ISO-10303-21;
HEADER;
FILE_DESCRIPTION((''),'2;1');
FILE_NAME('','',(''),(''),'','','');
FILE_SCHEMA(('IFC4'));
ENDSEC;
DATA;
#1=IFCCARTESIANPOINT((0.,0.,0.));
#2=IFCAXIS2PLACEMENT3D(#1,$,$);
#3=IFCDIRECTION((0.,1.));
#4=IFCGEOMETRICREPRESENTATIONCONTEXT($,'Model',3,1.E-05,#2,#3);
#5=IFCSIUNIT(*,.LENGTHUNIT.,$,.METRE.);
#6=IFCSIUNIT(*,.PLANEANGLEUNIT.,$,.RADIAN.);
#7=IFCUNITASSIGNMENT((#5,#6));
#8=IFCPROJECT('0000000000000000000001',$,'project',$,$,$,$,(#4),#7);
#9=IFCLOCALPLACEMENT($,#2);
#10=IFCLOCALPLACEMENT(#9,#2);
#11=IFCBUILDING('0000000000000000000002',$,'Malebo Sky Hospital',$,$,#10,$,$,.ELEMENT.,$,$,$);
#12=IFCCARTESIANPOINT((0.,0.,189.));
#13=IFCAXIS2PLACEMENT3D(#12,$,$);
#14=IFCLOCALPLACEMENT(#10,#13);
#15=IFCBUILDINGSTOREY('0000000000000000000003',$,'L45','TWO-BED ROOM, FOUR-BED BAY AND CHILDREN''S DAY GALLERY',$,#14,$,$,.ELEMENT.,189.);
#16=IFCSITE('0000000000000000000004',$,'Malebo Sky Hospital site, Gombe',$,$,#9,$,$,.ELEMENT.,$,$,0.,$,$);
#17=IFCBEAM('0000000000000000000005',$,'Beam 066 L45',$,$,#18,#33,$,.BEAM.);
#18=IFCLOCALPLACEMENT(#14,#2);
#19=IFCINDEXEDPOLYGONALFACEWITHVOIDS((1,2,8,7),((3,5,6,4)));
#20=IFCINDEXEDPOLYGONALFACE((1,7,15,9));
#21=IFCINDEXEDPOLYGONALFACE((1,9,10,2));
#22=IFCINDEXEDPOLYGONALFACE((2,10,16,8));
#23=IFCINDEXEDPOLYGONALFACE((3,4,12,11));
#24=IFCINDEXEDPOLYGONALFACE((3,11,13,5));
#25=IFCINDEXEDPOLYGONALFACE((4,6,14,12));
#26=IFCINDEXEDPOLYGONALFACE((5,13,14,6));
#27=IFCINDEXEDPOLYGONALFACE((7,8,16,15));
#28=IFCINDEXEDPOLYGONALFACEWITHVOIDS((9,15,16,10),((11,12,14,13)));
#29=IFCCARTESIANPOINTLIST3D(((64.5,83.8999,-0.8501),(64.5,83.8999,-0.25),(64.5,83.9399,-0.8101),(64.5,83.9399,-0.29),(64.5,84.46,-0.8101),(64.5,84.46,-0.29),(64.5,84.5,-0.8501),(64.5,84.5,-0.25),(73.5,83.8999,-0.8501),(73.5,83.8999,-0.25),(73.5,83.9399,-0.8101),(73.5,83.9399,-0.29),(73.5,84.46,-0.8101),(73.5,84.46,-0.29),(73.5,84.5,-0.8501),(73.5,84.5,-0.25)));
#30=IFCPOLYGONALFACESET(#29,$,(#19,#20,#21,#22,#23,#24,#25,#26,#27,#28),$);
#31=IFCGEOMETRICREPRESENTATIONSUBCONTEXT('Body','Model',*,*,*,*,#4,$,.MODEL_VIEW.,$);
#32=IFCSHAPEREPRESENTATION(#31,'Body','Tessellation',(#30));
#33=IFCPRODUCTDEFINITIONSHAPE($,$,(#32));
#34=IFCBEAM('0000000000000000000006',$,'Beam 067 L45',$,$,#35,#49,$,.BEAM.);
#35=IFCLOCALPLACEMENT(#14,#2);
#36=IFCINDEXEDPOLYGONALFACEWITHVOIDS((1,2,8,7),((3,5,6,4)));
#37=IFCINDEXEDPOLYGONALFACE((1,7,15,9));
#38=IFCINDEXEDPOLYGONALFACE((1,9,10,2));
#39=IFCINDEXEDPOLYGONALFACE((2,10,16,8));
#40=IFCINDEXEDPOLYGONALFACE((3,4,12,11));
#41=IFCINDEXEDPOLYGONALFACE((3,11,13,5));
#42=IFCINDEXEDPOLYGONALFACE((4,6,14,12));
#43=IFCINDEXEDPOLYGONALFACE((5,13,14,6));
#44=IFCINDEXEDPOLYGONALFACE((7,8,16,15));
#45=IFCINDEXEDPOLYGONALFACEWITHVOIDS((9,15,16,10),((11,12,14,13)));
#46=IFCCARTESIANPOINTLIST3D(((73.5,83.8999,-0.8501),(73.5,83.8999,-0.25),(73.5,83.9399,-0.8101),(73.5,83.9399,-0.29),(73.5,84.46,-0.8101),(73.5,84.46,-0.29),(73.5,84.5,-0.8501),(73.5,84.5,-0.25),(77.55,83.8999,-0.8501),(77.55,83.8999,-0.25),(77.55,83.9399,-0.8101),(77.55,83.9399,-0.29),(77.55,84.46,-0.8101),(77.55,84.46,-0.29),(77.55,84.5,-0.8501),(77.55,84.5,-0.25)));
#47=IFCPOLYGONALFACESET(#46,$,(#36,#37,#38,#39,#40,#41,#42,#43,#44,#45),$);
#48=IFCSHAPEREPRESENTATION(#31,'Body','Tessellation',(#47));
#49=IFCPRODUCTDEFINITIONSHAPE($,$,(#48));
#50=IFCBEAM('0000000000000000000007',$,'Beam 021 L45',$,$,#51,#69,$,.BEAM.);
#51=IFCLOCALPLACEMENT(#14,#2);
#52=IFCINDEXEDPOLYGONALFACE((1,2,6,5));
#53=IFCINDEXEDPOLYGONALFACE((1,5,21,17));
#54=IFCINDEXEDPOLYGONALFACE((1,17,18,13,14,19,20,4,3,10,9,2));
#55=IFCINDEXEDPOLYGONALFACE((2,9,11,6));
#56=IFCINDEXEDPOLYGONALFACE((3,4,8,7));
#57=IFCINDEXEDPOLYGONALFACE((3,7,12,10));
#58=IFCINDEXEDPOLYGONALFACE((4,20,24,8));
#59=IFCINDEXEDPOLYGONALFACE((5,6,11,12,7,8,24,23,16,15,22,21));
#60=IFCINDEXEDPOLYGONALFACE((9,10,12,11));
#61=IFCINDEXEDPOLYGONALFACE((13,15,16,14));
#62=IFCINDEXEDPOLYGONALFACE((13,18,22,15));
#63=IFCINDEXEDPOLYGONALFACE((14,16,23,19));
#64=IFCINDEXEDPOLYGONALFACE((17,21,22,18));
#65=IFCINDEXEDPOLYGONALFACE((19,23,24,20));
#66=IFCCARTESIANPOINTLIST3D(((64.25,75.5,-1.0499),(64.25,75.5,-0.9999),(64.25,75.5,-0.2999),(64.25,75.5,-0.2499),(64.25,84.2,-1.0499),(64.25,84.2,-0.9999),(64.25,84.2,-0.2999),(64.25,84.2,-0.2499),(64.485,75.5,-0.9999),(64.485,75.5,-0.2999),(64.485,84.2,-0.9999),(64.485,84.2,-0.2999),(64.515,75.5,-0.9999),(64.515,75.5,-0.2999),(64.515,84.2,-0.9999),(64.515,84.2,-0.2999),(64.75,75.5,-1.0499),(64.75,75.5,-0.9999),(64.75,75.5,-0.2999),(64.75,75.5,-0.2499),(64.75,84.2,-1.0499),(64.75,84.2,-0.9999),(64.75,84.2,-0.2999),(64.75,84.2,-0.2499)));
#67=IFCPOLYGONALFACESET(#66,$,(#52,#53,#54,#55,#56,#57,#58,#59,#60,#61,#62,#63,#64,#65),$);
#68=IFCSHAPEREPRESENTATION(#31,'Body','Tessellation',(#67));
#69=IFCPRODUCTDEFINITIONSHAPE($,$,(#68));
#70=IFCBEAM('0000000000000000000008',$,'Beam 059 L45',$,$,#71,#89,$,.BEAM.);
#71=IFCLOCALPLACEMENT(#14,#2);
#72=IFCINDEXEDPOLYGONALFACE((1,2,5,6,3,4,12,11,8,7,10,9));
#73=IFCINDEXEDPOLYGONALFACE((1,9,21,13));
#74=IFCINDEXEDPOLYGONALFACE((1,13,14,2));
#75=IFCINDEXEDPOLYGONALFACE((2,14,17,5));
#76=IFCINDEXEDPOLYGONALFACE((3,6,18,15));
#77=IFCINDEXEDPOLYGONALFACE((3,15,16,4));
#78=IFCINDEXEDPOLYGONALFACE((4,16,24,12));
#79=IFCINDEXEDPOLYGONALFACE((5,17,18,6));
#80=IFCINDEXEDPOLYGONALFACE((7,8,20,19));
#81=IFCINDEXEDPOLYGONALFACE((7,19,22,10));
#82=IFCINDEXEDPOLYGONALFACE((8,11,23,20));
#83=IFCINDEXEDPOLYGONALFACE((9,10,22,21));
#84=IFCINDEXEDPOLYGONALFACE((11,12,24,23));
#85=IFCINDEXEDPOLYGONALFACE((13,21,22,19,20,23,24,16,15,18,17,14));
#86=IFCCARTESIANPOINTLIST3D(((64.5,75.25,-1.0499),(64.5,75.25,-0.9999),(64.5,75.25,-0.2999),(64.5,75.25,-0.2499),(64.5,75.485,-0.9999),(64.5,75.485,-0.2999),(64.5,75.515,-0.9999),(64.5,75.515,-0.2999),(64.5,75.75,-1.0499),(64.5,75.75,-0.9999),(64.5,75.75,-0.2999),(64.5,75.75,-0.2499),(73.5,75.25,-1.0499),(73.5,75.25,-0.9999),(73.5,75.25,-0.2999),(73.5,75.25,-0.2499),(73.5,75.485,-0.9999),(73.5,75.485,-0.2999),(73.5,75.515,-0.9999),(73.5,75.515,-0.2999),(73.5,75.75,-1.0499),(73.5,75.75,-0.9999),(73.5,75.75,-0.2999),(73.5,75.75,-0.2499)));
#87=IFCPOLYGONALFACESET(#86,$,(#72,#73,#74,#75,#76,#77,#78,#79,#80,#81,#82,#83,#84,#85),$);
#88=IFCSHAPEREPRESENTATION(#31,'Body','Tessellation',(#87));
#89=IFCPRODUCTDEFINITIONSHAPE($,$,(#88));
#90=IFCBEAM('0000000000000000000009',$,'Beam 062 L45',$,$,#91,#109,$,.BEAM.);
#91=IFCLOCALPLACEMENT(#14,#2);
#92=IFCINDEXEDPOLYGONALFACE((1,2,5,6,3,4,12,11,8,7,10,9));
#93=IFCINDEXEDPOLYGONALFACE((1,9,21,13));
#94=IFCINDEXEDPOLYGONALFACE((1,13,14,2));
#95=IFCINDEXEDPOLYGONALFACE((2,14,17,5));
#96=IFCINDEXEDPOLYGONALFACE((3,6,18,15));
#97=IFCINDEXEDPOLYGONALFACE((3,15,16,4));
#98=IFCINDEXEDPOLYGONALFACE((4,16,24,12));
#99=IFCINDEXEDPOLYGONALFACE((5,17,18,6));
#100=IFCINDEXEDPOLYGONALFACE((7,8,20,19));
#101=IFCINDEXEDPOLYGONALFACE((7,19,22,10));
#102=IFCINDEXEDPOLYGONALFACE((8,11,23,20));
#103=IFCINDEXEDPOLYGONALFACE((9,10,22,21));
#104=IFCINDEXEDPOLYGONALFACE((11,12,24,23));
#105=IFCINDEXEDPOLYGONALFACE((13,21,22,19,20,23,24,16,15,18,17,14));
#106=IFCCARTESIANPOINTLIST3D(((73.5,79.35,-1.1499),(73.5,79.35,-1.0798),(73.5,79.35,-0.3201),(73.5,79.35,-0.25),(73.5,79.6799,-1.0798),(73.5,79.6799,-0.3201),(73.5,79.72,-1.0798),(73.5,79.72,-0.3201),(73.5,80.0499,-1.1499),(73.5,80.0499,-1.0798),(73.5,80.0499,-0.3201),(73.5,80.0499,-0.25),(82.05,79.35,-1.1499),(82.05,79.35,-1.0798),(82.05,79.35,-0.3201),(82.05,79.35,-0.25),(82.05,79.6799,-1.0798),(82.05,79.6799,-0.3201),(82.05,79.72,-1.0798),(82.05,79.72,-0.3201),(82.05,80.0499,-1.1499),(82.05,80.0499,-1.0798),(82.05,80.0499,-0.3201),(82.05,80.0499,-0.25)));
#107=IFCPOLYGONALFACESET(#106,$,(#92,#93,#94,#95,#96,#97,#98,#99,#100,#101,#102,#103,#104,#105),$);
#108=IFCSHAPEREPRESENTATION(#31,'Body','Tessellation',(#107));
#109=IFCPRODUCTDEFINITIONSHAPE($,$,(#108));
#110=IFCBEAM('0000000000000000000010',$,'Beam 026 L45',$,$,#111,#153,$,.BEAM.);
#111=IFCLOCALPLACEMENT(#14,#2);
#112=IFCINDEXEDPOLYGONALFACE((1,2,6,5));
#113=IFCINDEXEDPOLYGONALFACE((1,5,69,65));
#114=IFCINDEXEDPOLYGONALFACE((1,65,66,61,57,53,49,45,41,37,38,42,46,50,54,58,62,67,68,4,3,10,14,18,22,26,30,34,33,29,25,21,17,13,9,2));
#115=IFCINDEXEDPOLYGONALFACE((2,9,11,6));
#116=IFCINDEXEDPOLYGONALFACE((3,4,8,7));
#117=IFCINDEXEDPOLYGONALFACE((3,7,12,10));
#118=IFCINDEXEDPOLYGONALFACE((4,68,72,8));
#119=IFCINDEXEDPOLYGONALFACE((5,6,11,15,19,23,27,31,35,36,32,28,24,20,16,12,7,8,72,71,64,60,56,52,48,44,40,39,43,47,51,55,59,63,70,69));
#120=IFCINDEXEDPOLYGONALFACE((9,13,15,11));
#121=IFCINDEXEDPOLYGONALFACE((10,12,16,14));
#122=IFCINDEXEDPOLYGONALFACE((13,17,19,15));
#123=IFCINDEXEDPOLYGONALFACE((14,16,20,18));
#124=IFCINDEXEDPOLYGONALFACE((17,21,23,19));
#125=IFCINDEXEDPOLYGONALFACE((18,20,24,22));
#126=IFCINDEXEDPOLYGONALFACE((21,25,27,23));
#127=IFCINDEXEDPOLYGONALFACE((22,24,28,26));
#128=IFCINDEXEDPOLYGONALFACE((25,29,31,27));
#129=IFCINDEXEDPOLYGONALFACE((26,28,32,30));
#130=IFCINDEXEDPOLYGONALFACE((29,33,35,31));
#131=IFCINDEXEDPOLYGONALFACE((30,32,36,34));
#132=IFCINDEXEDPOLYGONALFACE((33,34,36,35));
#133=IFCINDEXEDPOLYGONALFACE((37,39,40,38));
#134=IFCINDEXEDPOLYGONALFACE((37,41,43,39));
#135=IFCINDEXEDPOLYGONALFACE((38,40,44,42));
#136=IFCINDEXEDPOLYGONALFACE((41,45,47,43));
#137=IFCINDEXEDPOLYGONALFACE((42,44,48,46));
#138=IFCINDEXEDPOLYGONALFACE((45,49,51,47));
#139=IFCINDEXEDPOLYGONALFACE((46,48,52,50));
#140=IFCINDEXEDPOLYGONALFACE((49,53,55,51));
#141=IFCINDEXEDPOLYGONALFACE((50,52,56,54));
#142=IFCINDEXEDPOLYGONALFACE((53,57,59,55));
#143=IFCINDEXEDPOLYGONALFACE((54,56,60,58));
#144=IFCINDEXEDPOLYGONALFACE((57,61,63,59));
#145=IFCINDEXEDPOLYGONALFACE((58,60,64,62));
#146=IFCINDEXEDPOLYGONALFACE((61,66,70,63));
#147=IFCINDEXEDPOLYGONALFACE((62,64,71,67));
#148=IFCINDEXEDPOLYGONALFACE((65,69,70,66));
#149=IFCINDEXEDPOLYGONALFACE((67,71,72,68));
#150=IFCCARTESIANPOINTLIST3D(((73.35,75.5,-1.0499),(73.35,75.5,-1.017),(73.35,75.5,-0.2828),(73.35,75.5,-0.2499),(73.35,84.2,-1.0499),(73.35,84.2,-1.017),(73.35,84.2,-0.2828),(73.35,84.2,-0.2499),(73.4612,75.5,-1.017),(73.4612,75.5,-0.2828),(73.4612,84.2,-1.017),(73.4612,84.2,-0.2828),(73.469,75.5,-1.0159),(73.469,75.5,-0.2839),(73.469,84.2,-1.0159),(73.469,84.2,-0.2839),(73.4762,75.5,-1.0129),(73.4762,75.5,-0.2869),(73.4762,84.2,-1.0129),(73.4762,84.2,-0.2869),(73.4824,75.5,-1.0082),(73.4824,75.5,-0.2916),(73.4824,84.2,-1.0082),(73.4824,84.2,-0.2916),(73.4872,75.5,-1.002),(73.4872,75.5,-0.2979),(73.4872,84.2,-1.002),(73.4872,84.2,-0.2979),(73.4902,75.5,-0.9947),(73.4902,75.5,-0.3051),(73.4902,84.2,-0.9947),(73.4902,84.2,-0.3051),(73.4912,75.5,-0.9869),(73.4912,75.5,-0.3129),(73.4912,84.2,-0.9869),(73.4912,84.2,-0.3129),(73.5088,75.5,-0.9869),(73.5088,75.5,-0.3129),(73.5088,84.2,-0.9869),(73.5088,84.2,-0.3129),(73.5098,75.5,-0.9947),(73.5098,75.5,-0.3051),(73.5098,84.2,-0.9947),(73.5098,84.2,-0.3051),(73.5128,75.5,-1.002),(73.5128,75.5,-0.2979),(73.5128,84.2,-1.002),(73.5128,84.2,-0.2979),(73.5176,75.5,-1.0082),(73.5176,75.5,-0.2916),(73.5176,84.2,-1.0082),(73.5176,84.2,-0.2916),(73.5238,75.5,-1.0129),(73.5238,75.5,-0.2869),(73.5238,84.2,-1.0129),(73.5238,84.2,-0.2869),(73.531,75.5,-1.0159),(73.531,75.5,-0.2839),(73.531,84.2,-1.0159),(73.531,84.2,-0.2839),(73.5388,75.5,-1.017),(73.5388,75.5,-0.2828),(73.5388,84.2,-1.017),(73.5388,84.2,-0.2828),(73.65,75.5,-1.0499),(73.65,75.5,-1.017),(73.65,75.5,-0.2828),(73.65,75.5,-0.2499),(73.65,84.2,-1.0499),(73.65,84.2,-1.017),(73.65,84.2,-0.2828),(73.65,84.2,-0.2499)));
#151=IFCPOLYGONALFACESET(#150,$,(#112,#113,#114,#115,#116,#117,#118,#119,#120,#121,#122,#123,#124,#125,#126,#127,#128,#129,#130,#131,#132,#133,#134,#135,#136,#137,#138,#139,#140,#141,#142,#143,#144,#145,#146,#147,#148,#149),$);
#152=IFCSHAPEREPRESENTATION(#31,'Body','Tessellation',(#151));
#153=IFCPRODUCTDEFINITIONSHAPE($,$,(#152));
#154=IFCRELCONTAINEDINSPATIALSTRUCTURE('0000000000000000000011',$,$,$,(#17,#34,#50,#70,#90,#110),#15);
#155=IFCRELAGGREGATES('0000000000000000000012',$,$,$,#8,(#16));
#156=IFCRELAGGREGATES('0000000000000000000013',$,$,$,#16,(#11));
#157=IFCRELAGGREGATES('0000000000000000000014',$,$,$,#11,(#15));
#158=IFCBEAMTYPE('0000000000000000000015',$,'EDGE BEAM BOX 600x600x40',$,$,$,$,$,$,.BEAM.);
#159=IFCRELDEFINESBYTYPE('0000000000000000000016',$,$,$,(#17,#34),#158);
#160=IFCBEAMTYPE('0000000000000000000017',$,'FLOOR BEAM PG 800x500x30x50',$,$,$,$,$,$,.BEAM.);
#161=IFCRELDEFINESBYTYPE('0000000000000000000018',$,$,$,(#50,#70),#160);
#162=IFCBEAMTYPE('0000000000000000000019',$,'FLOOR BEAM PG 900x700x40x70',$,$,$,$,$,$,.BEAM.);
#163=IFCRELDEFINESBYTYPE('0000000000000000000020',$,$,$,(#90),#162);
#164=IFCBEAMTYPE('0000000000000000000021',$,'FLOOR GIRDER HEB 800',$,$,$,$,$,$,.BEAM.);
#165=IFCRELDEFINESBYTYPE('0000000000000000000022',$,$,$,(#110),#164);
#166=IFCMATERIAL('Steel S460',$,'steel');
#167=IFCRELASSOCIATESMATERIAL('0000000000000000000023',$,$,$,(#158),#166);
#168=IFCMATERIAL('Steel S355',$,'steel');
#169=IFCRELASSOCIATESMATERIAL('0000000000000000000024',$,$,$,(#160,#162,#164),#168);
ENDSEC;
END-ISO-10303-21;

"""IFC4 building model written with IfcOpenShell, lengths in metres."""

from ifc_helpers import new_model, si_unit, direction, frame, origin, origin_2d, place, context, subcontext, project, spatial, hollow_rectangle, i_section, extrude, material, material_profile, profile_set, type_object, element, save


model = new_model("IFC4")

# Units and contexts
model_context = context("Model", 3, precision=1e-05, world=origin(), true_north=direction((0.0, 1.0)))
body_context = subcontext(model_context, "Body", "Model", "MODEL_VIEW")
ifc_project = project(units=[si_unit("LENGTHUNIT", "METRE"), si_unit("PLANEANGLEUNIT", "RADIAN")], contexts=[model_context])

# Site, building, storey
site_placement = place(None, origin())
site = spatial("IfcSite", under=ifc_project, at=site_placement, Name="Malebo Sky Hospital site, Gombe", CompositionType="ELEMENT", RefElevation=0.0)
building_placement = place(site_placement, origin())
building = spatial("IfcBuilding", under=site, at=building_placement, Name="Malebo Sky Hospital", CompositionType="ELEMENT")
storey_placement = place(building_placement, frame((0.0, 0.0, 189.0)))
storey = spatial("IfcBuildingStorey", under=building, at=storey_placement, Name="L45", Description="TWO-BED ROOM, FOUR-BED BAY AND CHILDREN'S DAY GALLERY", CompositionType="ELEMENT", Elevation=189.0)

# Shared definitions
ifc_material_1 = material(Name="Steel S460", Category="steel")

# Shared definitions
ifc_material_2 = material(Name="Steel S355", Category="steel")

# Beams
ifc_material_profile_1 = material_profile(ifc_material_1, hollow_rectangle(XDim=0.6001, YDim=0.6001, WallThickness=0.04, at=origin_2d()), Name="BOX 600x600x40")
ifc_profile_set_1 = profile_set([ifc_material_profile_1], Name="Steel S460")
beam_type_1 = type_object("IfcBeamType", Name="EDGE BEAM BOX 600x600x40", PredefinedType="BEAM", material=ifc_profile_set_1)
beam_1_placement = place(storey_placement, frame((64.5, 84.2, -0.55), z_axis=(1.0, 0.0, 0.0), x_axis=(0.0, 1.0, 0.0)))
element("IfcBeam", 1, at=beam_1_placement, inside=storey, type_object=beam_type_1, Name="Beam 066 L45", PredefinedType="BEAM", context=body_context, shape_type="SweptSolid", body=[
    extrude(hollow_rectangle(XDim=0.6001, YDim=0.6001, WallThickness=0.04, at=origin_2d()), origin(), (0.0, 0.0, 1.0), 9.0),
])
beam_2_placement = place(storey_placement, frame((73.5, 84.2, -0.55), z_axis=(1.0, 0.0, 0.0), x_axis=(0.0, 1.0, 0.0)))
element("IfcBeam", 2, at=beam_2_placement, inside=storey, type_object=beam_type_1, Name="Beam 067 L45", PredefinedType="BEAM", context=body_context, shape_type="SweptSolid", body=[
    extrude(hollow_rectangle(XDim=0.6001, YDim=0.6001, WallThickness=0.04, at=origin_2d()), origin(), (0.0, 0.0, 1.0), 4.05),
])
ifc_material_profile_2 = material_profile(ifc_material_2, i_section(OverallWidth=0.5, OverallDepth=0.8, WebThickness=0.03, FlangeThickness=0.05, at=origin_2d()), Name="PG 800x500x30x50")
ifc_profile_set_2 = profile_set([ifc_material_profile_2], Name="Steel S355")
beam_type_2 = type_object("IfcBeamType", Name="FLOOR BEAM PG 800x500x30x50", PredefinedType="BEAM", material=ifc_profile_set_2)
beam_3_placement = place(storey_placement, frame((64.5, 75.5, -0.6499), z_axis=(0.0, 1.0, 0.0), x_axis=(-1.0, 0.0, 0.0)))
element("IfcBeam", 3, at=beam_3_placement, inside=storey, type_object=beam_type_2, Name="Beam 021 L45", PredefinedType="BEAM", context=body_context, shape_type="SweptSolid", body=[
    extrude(i_section(OverallWidth=0.5, OverallDepth=0.8, WebThickness=0.03, FlangeThickness=0.05, at=origin_2d()), origin(), (0.0, 0.0, 1.0), 8.7),
])
beam_4_placement = place(storey_placement, frame((64.5, 75.5, -0.6499), z_axis=(1.0, 0.0, 0.0), x_axis=(0.0, 1.0, 0.0)))
element("IfcBeam", 4, at=beam_4_placement, inside=storey, type_object=beam_type_2, Name="Beam 059 L45", PredefinedType="BEAM", context=body_context, shape_type="SweptSolid", body=[
    extrude(i_section(OverallWidth=0.5, OverallDepth=0.8, WebThickness=0.03, FlangeThickness=0.05, at=origin_2d()), origin(), (0.0, 0.0, 1.0), 9.0),
])
ifc_material_profile_3 = material_profile(ifc_material_2, i_section(OverallWidth=0.7, OverallDepth=0.8999, WebThickness=0.04, FlangeThickness=0.0701, at=origin_2d()), Name="PG 900x700x40x70")
ifc_profile_set_3 = profile_set([ifc_material_profile_3], Name="Steel S355")
beam_type_3 = type_object("IfcBeamType", Name="FLOOR BEAM PG 900x700x40x70", PredefinedType="BEAM", material=ifc_profile_set_3)
beam_5_placement = place(storey_placement, frame((73.5, 79.7, -0.7), z_axis=(1.0, 0.0, 0.0), x_axis=(0.0, 1.0, 0.0)))
element("IfcBeam", 5, at=beam_5_placement, inside=storey, type_object=beam_type_3, Name="Beam 062 L45", PredefinedType="BEAM", context=body_context, shape_type="SweptSolid", body=[
    extrude(i_section(OverallWidth=0.7, OverallDepth=0.8999, WebThickness=0.04, FlangeThickness=0.0701, at=origin_2d()), origin(), (0.0, 0.0, 1.0), 8.55),
])
ifc_material_profile_4 = material_profile(ifc_material_2, i_section(OverallWidth=0.3, OverallDepth=0.8, WebThickness=0.0176, FlangeThickness=0.033, FilletRadius=0.03, at=origin_2d()), Name="HEB 800")
ifc_profile_set_4 = profile_set([ifc_material_profile_4], Name="Steel S355")
beam_type_4 = type_object("IfcBeamType", Name="FLOOR GIRDER HEB 800", PredefinedType="BEAM", material=ifc_profile_set_4)
for number, where, z_axis, x_axis, name in (
    (6, (73.5, 75.5, -0.6499), (0.0, 1.0, 0.0), (-1.0, 0.0, 0.0), "Beam 026 L45"),
):
    element("IfcBeam", number, at=place(storey_placement, frame(where, z_axis=z_axis, x_axis=x_axis)), inside=storey, type_object=beam_type_4, Name=name, PredefinedType="BEAM", context=body_context, shape_type="SweptSolid", body=[
        extrude(i_section(OverallWidth=0.3, OverallDepth=0.8, WebThickness=0.0176, FlangeThickness=0.033, FilletRadius=0.03, at=origin_2d()), origin(), (0.0, 0.0, 1.0), 8.7),
    ])

save(model, "model.ifc")
